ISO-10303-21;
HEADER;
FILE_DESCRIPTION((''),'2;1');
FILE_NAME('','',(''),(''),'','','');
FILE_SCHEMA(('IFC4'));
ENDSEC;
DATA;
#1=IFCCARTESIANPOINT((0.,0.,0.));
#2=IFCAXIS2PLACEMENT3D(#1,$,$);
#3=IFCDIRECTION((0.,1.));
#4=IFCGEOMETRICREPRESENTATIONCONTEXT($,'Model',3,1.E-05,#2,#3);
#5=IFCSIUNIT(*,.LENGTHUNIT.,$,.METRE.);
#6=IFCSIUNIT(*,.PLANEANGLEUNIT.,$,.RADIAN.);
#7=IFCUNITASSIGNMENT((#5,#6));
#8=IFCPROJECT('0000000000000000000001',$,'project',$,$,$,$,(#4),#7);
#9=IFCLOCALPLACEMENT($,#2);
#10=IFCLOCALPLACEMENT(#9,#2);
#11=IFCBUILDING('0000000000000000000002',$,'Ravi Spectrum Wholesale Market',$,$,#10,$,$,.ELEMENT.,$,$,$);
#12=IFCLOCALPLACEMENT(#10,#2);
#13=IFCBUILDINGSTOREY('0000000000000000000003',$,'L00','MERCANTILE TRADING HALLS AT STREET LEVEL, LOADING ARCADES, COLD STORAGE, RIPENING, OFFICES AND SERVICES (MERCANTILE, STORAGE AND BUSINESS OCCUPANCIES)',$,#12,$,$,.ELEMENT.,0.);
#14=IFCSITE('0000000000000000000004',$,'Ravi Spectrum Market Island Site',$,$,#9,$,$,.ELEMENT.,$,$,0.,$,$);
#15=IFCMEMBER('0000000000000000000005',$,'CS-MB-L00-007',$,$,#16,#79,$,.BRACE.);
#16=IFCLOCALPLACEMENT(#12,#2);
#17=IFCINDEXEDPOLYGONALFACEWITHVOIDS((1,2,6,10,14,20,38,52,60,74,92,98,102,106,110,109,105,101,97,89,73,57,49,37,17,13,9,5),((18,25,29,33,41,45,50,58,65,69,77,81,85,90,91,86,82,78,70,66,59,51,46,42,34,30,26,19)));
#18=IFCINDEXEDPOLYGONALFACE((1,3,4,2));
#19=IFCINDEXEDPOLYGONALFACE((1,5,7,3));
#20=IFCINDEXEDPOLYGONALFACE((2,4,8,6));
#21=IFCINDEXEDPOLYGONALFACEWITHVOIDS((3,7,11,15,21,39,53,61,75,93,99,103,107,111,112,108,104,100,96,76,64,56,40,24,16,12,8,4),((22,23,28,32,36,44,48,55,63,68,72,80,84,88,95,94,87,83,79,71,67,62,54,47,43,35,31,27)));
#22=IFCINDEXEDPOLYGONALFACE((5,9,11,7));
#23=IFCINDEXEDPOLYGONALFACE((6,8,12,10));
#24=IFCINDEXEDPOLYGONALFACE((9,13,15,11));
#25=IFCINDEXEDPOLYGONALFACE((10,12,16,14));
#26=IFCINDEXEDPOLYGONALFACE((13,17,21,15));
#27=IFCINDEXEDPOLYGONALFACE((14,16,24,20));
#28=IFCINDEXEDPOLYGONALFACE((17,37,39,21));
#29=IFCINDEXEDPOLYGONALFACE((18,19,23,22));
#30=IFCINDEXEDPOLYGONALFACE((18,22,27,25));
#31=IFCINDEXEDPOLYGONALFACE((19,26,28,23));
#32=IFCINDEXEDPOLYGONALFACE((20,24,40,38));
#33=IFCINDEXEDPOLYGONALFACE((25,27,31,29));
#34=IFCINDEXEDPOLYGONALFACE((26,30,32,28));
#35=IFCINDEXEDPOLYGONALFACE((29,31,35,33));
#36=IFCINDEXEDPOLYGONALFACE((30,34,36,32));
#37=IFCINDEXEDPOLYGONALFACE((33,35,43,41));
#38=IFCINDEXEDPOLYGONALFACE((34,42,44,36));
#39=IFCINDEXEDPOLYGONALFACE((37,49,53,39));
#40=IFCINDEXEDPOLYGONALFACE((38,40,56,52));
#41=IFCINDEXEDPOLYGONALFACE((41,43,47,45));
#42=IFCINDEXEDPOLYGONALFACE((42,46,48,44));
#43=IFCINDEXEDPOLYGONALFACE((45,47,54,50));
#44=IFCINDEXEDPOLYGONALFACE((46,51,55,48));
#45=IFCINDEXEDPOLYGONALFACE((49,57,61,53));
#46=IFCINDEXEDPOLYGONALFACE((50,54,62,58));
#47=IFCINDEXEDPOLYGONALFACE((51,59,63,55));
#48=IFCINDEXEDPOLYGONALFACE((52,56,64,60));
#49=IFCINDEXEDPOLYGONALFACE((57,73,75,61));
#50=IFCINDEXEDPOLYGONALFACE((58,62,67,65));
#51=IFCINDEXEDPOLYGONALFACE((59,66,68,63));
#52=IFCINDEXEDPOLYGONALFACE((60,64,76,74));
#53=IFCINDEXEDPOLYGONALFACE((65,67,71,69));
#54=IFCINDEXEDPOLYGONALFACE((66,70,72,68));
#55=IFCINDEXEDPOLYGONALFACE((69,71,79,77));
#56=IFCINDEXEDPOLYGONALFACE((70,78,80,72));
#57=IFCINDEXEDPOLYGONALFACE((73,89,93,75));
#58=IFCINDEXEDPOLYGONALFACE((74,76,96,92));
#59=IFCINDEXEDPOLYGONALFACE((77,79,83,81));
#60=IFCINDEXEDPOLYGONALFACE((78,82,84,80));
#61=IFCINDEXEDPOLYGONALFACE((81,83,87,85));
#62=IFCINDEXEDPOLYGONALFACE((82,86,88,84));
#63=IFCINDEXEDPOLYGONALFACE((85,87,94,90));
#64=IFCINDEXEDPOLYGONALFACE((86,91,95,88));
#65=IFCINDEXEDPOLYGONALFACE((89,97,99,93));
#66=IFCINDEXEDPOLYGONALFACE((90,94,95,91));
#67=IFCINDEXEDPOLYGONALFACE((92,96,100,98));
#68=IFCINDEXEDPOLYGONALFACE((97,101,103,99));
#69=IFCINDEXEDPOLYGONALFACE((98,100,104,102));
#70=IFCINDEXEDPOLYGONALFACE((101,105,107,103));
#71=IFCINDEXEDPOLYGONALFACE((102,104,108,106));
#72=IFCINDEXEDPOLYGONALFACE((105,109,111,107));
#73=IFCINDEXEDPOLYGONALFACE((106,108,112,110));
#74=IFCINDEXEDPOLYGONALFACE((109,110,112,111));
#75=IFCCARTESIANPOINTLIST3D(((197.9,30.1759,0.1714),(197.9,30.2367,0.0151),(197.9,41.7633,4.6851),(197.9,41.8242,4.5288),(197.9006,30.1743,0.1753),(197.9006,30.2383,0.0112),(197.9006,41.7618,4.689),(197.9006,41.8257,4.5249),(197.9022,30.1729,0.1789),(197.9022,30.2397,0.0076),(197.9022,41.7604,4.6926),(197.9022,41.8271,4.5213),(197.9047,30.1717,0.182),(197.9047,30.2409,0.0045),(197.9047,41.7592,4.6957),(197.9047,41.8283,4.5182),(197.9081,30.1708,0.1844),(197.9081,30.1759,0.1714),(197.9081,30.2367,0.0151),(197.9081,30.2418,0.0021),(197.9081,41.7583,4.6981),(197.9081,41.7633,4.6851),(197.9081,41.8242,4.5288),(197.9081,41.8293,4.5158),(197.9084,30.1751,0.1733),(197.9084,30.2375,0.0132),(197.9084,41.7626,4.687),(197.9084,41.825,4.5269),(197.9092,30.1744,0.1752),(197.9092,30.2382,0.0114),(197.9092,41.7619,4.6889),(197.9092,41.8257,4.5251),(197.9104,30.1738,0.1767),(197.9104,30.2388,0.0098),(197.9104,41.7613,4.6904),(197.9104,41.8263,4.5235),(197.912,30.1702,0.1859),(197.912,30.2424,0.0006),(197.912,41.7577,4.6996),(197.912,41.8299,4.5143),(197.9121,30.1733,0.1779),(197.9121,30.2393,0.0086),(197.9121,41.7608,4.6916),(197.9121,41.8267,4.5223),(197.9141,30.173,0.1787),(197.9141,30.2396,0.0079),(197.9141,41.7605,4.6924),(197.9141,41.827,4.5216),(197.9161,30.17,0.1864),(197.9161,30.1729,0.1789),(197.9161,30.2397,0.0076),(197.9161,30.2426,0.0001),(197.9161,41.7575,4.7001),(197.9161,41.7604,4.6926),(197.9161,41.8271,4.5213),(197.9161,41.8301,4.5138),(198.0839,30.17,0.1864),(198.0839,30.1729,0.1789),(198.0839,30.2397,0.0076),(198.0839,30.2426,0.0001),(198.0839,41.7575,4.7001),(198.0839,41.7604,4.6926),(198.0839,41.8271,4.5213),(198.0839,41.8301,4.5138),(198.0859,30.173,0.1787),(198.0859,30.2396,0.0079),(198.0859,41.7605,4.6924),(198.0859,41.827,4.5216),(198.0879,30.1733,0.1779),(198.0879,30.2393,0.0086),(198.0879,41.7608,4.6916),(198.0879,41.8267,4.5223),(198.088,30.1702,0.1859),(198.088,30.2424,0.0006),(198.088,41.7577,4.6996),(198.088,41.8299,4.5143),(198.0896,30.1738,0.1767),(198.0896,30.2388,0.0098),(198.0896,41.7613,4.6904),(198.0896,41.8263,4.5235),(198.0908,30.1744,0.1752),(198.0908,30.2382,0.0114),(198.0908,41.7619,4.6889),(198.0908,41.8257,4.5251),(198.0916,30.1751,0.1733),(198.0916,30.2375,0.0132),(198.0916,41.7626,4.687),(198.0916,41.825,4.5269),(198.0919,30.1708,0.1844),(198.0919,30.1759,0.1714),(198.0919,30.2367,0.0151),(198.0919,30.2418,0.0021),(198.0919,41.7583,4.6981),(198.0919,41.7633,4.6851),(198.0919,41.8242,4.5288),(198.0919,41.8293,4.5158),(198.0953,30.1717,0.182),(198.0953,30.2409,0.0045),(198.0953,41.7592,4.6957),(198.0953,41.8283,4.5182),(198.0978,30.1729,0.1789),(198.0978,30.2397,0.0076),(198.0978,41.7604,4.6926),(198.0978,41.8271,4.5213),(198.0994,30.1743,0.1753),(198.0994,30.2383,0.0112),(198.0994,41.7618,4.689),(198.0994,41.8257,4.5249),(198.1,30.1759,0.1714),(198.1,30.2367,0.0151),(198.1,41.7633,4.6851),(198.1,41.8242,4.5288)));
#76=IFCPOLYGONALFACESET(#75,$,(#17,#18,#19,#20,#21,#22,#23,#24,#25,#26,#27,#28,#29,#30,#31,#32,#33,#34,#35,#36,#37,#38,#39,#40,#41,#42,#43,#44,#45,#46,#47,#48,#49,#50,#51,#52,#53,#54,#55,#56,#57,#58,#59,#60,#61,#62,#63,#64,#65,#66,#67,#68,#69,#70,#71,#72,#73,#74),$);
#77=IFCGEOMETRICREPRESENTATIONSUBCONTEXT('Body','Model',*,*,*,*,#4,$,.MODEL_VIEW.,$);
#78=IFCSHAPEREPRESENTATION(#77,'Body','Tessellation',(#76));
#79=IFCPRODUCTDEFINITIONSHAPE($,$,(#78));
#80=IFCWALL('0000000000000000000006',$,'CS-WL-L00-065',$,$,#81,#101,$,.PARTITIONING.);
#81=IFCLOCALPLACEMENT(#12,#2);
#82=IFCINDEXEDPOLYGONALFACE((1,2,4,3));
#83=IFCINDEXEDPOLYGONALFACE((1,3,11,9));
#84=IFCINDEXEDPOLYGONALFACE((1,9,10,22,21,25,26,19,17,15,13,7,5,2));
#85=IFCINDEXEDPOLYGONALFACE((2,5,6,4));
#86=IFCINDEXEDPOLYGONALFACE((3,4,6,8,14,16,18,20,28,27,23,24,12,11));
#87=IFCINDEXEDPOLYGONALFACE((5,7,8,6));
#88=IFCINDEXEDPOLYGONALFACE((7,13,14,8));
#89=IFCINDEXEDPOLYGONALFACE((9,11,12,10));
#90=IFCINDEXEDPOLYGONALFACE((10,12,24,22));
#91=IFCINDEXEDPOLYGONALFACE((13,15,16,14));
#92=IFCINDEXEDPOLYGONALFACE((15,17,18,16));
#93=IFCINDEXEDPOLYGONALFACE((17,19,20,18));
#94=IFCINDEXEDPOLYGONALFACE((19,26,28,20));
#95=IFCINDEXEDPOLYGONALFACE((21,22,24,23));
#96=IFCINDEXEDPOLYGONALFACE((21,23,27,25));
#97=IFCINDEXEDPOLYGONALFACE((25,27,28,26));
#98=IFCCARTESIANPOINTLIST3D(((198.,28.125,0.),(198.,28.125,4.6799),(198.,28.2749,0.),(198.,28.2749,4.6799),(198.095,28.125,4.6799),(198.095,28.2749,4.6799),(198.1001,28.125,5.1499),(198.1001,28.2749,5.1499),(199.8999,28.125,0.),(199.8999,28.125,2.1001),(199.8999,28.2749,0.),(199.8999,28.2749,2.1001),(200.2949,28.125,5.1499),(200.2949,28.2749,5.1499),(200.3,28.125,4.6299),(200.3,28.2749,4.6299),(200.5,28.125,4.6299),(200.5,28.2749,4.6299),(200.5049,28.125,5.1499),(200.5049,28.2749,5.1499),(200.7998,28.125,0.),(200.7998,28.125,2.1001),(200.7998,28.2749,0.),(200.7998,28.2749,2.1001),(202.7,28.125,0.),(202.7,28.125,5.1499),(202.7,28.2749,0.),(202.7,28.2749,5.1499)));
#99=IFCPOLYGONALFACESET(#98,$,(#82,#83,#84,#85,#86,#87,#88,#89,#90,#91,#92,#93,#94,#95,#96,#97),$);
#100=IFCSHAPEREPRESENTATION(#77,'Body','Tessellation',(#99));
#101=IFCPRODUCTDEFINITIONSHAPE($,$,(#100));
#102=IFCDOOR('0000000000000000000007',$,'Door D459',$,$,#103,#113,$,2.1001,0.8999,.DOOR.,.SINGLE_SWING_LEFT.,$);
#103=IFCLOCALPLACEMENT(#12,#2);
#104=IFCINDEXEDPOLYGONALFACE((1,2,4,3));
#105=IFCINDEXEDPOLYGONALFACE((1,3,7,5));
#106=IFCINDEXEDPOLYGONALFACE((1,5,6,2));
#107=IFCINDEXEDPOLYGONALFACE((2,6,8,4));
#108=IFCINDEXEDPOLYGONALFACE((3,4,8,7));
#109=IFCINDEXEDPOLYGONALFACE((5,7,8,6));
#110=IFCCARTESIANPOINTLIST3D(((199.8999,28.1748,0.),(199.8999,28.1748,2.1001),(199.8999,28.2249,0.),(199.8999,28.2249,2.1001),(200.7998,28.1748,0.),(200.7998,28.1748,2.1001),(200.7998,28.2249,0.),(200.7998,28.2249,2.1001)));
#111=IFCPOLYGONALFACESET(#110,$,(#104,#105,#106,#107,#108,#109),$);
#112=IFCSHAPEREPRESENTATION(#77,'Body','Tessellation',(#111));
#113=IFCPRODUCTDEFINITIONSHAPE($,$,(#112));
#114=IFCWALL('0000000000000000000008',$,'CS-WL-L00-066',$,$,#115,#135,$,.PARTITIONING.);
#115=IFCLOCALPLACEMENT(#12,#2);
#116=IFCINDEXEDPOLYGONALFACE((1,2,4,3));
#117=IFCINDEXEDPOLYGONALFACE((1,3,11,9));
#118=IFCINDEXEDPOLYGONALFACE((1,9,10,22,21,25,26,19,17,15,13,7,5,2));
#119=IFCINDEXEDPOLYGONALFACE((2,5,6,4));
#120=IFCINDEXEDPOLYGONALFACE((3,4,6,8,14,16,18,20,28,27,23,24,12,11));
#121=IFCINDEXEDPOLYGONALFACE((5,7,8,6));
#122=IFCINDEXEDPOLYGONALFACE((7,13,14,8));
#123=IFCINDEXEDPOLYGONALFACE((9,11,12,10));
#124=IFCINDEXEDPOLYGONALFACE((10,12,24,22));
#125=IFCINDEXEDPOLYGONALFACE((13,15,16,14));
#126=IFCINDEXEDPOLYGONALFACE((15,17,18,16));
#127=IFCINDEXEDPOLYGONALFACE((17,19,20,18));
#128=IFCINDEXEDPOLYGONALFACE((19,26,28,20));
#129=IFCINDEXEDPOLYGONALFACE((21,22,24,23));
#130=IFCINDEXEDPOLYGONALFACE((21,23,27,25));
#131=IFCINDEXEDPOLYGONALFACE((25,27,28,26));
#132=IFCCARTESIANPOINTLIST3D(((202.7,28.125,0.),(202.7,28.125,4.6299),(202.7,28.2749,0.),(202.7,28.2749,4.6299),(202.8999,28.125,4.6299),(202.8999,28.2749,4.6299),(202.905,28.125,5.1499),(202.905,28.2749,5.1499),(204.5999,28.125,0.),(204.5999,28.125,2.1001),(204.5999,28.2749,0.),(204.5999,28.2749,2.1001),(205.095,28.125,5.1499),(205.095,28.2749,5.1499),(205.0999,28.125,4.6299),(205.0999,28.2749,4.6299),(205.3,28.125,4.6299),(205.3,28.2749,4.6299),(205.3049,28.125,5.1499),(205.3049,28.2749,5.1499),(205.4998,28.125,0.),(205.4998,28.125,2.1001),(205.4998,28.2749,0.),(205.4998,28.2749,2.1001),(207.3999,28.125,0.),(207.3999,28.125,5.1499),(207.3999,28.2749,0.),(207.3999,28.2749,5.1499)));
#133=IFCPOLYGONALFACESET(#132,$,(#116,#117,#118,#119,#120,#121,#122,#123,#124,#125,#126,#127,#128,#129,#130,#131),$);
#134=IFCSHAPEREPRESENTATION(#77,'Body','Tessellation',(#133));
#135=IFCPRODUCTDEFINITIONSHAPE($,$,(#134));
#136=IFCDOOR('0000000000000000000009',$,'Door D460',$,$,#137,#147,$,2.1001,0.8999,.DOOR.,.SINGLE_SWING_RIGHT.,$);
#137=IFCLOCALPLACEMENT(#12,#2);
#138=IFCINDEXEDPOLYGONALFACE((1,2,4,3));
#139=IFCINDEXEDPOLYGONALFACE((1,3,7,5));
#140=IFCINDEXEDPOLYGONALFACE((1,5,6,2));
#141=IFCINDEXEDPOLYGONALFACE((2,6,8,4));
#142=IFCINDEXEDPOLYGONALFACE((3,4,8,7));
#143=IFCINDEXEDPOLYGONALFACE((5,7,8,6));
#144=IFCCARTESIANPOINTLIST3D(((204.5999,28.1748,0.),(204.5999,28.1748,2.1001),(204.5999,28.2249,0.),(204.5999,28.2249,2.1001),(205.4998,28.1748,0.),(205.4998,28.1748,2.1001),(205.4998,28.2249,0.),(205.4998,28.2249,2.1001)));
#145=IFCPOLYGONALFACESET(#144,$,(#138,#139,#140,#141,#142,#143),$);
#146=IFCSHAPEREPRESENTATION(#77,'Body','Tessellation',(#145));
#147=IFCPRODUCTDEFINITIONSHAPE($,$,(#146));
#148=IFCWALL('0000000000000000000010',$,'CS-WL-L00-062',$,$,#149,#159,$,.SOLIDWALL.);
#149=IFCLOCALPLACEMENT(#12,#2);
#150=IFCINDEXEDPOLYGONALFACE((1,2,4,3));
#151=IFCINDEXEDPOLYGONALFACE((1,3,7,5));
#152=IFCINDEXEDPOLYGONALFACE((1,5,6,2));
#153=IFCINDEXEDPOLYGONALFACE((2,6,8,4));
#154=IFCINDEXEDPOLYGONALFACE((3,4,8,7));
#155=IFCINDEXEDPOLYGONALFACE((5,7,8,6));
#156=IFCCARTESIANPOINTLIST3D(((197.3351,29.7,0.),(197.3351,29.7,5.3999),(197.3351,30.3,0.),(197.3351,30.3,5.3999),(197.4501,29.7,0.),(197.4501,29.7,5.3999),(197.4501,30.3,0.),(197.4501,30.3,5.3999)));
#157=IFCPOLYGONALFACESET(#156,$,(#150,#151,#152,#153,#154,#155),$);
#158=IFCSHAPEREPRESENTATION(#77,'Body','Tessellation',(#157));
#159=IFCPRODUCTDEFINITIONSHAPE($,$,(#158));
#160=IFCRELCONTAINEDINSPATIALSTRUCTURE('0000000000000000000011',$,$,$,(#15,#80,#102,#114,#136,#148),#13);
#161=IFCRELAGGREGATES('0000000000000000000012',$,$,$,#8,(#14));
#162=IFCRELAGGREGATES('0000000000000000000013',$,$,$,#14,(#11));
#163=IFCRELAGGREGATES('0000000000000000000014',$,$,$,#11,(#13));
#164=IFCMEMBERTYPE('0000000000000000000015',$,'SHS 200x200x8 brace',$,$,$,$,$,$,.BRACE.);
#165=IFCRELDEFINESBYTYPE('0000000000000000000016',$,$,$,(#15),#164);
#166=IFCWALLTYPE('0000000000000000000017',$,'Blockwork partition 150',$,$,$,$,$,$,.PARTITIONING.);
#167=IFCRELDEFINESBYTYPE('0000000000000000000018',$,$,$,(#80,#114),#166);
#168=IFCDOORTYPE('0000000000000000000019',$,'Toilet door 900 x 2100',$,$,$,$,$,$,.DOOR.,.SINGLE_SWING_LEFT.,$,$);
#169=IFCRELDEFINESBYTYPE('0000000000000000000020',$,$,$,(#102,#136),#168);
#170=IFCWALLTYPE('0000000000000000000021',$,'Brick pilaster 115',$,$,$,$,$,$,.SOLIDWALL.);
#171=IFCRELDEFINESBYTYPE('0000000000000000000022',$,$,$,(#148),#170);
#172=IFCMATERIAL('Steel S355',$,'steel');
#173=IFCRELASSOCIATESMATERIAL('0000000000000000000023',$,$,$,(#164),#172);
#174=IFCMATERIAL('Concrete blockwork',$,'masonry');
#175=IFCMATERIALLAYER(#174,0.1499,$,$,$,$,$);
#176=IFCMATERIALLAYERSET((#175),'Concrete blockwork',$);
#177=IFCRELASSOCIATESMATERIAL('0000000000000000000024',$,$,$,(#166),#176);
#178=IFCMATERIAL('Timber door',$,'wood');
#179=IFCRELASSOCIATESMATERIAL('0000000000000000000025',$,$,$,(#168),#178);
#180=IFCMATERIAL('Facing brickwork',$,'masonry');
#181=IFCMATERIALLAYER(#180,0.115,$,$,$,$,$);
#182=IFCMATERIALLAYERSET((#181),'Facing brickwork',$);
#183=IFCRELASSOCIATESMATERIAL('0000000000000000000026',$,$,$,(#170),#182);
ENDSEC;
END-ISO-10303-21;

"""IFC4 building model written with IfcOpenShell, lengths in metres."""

from ifc_helpers import new_model, si_unit, direction, frame, frame_2d, origin, origin_2d, place, context, subcontext, project, spatial, polyline, rectangle, hollow_rectangle, outline, extrude, material, layer, layer_set, material_profile, profile_set, type_object, element, fill, save


model = new_model("IFC4")

# Units and contexts
model_context = context("Model", 3, precision=1e-05, world=origin(), true_north=direction((0.0, 1.0)))
body_context = subcontext(model_context, "Body", "Model", "MODEL_VIEW")
ifc_project = project(units=[si_unit("LENGTHUNIT", "METRE"), si_unit("PLANEANGLEUNIT", "RADIAN")], contexts=[model_context])

# Site, building, storey
site_placement = place(None, origin())
site = spatial("IfcSite", under=ifc_project, at=site_placement, Name="Ravi Spectrum Market Island Site", CompositionType="ELEMENT", RefElevation=0.0)
building_placement = place(site_placement, origin())
building = spatial("IfcBuilding", under=site, at=building_placement, Name="Ravi Spectrum Wholesale Market", CompositionType="ELEMENT")
storey_placement = place(building_placement, origin())
storey = spatial("IfcBuildingStorey", under=building, at=storey_placement, Name="L00", Description="MERCANTILE TRADING HALLS AT STREET LEVEL, LOADING ARCADES, COLD STORAGE, RIPENING, OFFICES AND SERVICES (MERCANTILE, STORAGE AND BUSINESS OCCUPANCIES)", CompositionType="ELEMENT", Elevation=0.0)

# Member
ifc_material_1 = material(Name="Steel S355", Category="steel")
ifc_material_profile_1 = material_profile(ifc_material_1, hollow_rectangle(XDim=0.2, YDim=0.2, WallThickness=0.0081, InnerFilletRadius=0.0081, OuterFilletRadius=0.0161, at=origin_2d()))
ifc_profile_set_1 = profile_set([ifc_material_profile_1], Name="Steel S355")
member_type = type_object("IfcMemberType", Name="SHS 200x200x8 brace", PredefinedType="BRACE", material=ifc_profile_set_1)
member_placement = place(storey_placement, frame((198.0, 30.2063, 0.0933), z_axis=(0.0, 0.931802, 0.362967), x_axis=(-1.0, 0.0, 0.0)))
element("IfcMember", 1, at=member_placement, inside=storey, type_object=member_type, Name="CS-MB-L00-007", PredefinedType="BRACE", context=body_context, shape_type="SweptSolid", body=[
    extrude(hollow_rectangle(XDim=0.2, YDim=0.2, WallThickness=0.0081, InnerFilletRadius=0.0081, OuterFilletRadius=0.0161, at=origin_2d()), origin(), (0.0, 0.0, 1.0), 12.4355),
])

# Walls, openings, doors
ifc_material_2 = material(Name="Concrete blockwork", Category="masonry")
ifc_layer_1 = layer(ifc_material_2, 0.1499)
ifc_layer_set_1 = layer_set([ifc_layer_1], Name="Concrete blockwork")
wall_type_1 = type_object("IfcWallType", Name="Blockwork partition 150", PredefinedType="PARTITIONING", material=ifc_layer_set_1)
wall_1_placement = place(storey_placement, frame((198.0, 28.2, 0.0), z_axis=(0.0, 0.0, 1.0), x_axis=(1.0, 0.0, 0.0)))
wall_1 = element("IfcWall", 2, at=wall_1_placement, inside=storey, type_object=wall_type_1, Name="CS-WL-L00-065", PredefinedType="PARTITIONING", context=body_context, shape_type="SweptSolid", body=[
    extrude(outline(polyline([(0.0, 0.0), (4.7, 0.0), (4.7, 5.1499), (2.5049, 5.1499), (2.5, 4.6299), (2.3, 4.6299), (2.2949, 5.1499), (0.1001, 5.1499), (0.095, 4.6799), (0.0, 4.6799), (0.0, 0.0)])), frame((0.0, 0.075, 0.0), z_axis=(0.0, -1.0, 0.0), x_axis=(1.0, 0.0, 0.0)), (0.0, 0.0, 1.0), 0.1499),
])
opening_1_placement = place(wall_1_placement, frame((1.8999, 0.0, 0.0)))
opening_1 = element("IfcOpeningElement", 3, at=opening_1_placement, cuts=wall_1, PredefinedType="OPENING", context=body_context, shape_type="SweptSolid", body=[
    extrude(rectangle(XDim=0.8999, YDim=2.1001, at=frame_2d((0.45, 1.05))), frame((0.0, 0.085, 0.0), z_axis=(0.0, -1.0, 0.0), x_axis=(1.0, 0.0, 0.0)), (0.0, 0.0, 1.0), 0.1699),
])
ifc_material_3 = material(Name="Timber door", Category="wood")
door_type = type_object("IfcDoorType", Name="Toilet door 900 x 2100", OperationType="SINGLE_SWING_LEFT", PredefinedType="DOOR", material=ifc_material_3)
door_1_placement = place(opening_1_placement, origin())
door_1 = element("IfcDoor", 4, at=door_1_placement, inside=storey, type_object=door_type, Name="Door D459", OperationType="SINGLE_SWING_LEFT", OverallHeight=2.1001, OverallWidth=0.8999, PredefinedType="DOOR", context=body_context, shape_type="SweptSolid", body=[
    extrude(rectangle(XDim=0.8999, YDim=2.1001, at=frame_2d((0.45, 1.05))), frame((0.0, 0.0249, 0.0), z_axis=(0.0, -1.0, 0.0), x_axis=(1.0, 0.0, 0.0)), (0.0, 0.0, 1.0), 0.05),
])
fill(opening_1, door_1)
wall_2_placement = place(storey_placement, frame((202.7, 28.2, 0.0), z_axis=(0.0, 0.0, 1.0), x_axis=(1.0, 0.0, 0.0)))
wall_2 = element("IfcWall", 5, at=wall_2_placement, inside=storey, type_object=wall_type_1, Name="CS-WL-L00-066", PredefinedType="PARTITIONING", context=body_context, shape_type="SweptSolid", body=[
    extrude(outline(polyline([(0.0, 0.0), (4.7, 0.0), (4.7, 5.1499), (2.605, 5.1499), (2.6001, 4.6299), (2.3999, 4.6299), (2.395, 5.1499), (0.2051, 5.1499), (0.2, 4.6299), (0.0, 4.6299), (0.0, 0.0)])), frame((0.0, 0.075, 0.0), z_axis=(0.0, -1.0, 0.0), x_axis=(1.0, 0.0, 0.0)), (0.0, 0.0, 1.0), 0.1499),
])
opening_2_placement = place(wall_2_placement, frame((1.8999, 0.0, 0.0)))
opening_2 = element("IfcOpeningElement", 6, at=opening_2_placement, cuts=wall_2, PredefinedType="OPENING", context=body_context, shape_type="SweptSolid", body=[
    extrude(rectangle(XDim=0.8999, YDim=2.1001, at=frame_2d((0.45, 1.05))), frame((0.0, 0.085, 0.0), z_axis=(0.0, -1.0, 0.0), x_axis=(1.0, 0.0, 0.0)), (0.0, 0.0, 1.0), 0.1699),
])
door_2_placement = place(opening_2_placement, origin())
door_2 = element("IfcDoor", 7, at=door_2_placement, inside=storey, type_object=door_type, Name="Door D460", OperationType="SINGLE_SWING_RIGHT", OverallHeight=2.1001, OverallWidth=0.8999, PredefinedType="DOOR", context=body_context, shape_type="SweptSolid", body=[
    extrude(rectangle(XDim=0.8999, YDim=2.1001, at=frame_2d((0.45, 1.05))), frame((0.0, 0.0249, 0.0), z_axis=(0.0, -1.0, 0.0), x_axis=(1.0, 0.0, 0.0)), (0.0, 0.0, 1.0), 0.05),
])
fill(opening_2, door_2)

# Wall
ifc_material_4 = material(Name="Facing brickwork", Category="masonry")
ifc_layer_2 = layer(ifc_material_4, 0.115)
ifc_layer_set_2 = layer_set([ifc_layer_2], Name="Facing brickwork")
wall_type_2 = type_object("IfcWallType", Name="Brick pilaster 115", PredefinedType="SOLIDWALL", material=ifc_layer_set_2)
wall_3_placement = place(storey_placement, frame((197.3926, 30.3, 0.0), z_axis=(0.0, 0.0, 1.0), x_axis=(0.0, -1.0, 0.0)))
element("IfcWall", 8, at=wall_3_placement, inside=storey, type_object=wall_type_2, Name="CS-WL-L00-062", PredefinedType="SOLIDWALL", context=body_context, shape_type="SweptSolid", body=[
    extrude(rectangle(XDim=0.6001, YDim=0.115, at=frame_2d((0.3, 0.0))), origin(), (0.0, 0.0, 1.0), 5.3999),
])

save(model, "model.ifc")
